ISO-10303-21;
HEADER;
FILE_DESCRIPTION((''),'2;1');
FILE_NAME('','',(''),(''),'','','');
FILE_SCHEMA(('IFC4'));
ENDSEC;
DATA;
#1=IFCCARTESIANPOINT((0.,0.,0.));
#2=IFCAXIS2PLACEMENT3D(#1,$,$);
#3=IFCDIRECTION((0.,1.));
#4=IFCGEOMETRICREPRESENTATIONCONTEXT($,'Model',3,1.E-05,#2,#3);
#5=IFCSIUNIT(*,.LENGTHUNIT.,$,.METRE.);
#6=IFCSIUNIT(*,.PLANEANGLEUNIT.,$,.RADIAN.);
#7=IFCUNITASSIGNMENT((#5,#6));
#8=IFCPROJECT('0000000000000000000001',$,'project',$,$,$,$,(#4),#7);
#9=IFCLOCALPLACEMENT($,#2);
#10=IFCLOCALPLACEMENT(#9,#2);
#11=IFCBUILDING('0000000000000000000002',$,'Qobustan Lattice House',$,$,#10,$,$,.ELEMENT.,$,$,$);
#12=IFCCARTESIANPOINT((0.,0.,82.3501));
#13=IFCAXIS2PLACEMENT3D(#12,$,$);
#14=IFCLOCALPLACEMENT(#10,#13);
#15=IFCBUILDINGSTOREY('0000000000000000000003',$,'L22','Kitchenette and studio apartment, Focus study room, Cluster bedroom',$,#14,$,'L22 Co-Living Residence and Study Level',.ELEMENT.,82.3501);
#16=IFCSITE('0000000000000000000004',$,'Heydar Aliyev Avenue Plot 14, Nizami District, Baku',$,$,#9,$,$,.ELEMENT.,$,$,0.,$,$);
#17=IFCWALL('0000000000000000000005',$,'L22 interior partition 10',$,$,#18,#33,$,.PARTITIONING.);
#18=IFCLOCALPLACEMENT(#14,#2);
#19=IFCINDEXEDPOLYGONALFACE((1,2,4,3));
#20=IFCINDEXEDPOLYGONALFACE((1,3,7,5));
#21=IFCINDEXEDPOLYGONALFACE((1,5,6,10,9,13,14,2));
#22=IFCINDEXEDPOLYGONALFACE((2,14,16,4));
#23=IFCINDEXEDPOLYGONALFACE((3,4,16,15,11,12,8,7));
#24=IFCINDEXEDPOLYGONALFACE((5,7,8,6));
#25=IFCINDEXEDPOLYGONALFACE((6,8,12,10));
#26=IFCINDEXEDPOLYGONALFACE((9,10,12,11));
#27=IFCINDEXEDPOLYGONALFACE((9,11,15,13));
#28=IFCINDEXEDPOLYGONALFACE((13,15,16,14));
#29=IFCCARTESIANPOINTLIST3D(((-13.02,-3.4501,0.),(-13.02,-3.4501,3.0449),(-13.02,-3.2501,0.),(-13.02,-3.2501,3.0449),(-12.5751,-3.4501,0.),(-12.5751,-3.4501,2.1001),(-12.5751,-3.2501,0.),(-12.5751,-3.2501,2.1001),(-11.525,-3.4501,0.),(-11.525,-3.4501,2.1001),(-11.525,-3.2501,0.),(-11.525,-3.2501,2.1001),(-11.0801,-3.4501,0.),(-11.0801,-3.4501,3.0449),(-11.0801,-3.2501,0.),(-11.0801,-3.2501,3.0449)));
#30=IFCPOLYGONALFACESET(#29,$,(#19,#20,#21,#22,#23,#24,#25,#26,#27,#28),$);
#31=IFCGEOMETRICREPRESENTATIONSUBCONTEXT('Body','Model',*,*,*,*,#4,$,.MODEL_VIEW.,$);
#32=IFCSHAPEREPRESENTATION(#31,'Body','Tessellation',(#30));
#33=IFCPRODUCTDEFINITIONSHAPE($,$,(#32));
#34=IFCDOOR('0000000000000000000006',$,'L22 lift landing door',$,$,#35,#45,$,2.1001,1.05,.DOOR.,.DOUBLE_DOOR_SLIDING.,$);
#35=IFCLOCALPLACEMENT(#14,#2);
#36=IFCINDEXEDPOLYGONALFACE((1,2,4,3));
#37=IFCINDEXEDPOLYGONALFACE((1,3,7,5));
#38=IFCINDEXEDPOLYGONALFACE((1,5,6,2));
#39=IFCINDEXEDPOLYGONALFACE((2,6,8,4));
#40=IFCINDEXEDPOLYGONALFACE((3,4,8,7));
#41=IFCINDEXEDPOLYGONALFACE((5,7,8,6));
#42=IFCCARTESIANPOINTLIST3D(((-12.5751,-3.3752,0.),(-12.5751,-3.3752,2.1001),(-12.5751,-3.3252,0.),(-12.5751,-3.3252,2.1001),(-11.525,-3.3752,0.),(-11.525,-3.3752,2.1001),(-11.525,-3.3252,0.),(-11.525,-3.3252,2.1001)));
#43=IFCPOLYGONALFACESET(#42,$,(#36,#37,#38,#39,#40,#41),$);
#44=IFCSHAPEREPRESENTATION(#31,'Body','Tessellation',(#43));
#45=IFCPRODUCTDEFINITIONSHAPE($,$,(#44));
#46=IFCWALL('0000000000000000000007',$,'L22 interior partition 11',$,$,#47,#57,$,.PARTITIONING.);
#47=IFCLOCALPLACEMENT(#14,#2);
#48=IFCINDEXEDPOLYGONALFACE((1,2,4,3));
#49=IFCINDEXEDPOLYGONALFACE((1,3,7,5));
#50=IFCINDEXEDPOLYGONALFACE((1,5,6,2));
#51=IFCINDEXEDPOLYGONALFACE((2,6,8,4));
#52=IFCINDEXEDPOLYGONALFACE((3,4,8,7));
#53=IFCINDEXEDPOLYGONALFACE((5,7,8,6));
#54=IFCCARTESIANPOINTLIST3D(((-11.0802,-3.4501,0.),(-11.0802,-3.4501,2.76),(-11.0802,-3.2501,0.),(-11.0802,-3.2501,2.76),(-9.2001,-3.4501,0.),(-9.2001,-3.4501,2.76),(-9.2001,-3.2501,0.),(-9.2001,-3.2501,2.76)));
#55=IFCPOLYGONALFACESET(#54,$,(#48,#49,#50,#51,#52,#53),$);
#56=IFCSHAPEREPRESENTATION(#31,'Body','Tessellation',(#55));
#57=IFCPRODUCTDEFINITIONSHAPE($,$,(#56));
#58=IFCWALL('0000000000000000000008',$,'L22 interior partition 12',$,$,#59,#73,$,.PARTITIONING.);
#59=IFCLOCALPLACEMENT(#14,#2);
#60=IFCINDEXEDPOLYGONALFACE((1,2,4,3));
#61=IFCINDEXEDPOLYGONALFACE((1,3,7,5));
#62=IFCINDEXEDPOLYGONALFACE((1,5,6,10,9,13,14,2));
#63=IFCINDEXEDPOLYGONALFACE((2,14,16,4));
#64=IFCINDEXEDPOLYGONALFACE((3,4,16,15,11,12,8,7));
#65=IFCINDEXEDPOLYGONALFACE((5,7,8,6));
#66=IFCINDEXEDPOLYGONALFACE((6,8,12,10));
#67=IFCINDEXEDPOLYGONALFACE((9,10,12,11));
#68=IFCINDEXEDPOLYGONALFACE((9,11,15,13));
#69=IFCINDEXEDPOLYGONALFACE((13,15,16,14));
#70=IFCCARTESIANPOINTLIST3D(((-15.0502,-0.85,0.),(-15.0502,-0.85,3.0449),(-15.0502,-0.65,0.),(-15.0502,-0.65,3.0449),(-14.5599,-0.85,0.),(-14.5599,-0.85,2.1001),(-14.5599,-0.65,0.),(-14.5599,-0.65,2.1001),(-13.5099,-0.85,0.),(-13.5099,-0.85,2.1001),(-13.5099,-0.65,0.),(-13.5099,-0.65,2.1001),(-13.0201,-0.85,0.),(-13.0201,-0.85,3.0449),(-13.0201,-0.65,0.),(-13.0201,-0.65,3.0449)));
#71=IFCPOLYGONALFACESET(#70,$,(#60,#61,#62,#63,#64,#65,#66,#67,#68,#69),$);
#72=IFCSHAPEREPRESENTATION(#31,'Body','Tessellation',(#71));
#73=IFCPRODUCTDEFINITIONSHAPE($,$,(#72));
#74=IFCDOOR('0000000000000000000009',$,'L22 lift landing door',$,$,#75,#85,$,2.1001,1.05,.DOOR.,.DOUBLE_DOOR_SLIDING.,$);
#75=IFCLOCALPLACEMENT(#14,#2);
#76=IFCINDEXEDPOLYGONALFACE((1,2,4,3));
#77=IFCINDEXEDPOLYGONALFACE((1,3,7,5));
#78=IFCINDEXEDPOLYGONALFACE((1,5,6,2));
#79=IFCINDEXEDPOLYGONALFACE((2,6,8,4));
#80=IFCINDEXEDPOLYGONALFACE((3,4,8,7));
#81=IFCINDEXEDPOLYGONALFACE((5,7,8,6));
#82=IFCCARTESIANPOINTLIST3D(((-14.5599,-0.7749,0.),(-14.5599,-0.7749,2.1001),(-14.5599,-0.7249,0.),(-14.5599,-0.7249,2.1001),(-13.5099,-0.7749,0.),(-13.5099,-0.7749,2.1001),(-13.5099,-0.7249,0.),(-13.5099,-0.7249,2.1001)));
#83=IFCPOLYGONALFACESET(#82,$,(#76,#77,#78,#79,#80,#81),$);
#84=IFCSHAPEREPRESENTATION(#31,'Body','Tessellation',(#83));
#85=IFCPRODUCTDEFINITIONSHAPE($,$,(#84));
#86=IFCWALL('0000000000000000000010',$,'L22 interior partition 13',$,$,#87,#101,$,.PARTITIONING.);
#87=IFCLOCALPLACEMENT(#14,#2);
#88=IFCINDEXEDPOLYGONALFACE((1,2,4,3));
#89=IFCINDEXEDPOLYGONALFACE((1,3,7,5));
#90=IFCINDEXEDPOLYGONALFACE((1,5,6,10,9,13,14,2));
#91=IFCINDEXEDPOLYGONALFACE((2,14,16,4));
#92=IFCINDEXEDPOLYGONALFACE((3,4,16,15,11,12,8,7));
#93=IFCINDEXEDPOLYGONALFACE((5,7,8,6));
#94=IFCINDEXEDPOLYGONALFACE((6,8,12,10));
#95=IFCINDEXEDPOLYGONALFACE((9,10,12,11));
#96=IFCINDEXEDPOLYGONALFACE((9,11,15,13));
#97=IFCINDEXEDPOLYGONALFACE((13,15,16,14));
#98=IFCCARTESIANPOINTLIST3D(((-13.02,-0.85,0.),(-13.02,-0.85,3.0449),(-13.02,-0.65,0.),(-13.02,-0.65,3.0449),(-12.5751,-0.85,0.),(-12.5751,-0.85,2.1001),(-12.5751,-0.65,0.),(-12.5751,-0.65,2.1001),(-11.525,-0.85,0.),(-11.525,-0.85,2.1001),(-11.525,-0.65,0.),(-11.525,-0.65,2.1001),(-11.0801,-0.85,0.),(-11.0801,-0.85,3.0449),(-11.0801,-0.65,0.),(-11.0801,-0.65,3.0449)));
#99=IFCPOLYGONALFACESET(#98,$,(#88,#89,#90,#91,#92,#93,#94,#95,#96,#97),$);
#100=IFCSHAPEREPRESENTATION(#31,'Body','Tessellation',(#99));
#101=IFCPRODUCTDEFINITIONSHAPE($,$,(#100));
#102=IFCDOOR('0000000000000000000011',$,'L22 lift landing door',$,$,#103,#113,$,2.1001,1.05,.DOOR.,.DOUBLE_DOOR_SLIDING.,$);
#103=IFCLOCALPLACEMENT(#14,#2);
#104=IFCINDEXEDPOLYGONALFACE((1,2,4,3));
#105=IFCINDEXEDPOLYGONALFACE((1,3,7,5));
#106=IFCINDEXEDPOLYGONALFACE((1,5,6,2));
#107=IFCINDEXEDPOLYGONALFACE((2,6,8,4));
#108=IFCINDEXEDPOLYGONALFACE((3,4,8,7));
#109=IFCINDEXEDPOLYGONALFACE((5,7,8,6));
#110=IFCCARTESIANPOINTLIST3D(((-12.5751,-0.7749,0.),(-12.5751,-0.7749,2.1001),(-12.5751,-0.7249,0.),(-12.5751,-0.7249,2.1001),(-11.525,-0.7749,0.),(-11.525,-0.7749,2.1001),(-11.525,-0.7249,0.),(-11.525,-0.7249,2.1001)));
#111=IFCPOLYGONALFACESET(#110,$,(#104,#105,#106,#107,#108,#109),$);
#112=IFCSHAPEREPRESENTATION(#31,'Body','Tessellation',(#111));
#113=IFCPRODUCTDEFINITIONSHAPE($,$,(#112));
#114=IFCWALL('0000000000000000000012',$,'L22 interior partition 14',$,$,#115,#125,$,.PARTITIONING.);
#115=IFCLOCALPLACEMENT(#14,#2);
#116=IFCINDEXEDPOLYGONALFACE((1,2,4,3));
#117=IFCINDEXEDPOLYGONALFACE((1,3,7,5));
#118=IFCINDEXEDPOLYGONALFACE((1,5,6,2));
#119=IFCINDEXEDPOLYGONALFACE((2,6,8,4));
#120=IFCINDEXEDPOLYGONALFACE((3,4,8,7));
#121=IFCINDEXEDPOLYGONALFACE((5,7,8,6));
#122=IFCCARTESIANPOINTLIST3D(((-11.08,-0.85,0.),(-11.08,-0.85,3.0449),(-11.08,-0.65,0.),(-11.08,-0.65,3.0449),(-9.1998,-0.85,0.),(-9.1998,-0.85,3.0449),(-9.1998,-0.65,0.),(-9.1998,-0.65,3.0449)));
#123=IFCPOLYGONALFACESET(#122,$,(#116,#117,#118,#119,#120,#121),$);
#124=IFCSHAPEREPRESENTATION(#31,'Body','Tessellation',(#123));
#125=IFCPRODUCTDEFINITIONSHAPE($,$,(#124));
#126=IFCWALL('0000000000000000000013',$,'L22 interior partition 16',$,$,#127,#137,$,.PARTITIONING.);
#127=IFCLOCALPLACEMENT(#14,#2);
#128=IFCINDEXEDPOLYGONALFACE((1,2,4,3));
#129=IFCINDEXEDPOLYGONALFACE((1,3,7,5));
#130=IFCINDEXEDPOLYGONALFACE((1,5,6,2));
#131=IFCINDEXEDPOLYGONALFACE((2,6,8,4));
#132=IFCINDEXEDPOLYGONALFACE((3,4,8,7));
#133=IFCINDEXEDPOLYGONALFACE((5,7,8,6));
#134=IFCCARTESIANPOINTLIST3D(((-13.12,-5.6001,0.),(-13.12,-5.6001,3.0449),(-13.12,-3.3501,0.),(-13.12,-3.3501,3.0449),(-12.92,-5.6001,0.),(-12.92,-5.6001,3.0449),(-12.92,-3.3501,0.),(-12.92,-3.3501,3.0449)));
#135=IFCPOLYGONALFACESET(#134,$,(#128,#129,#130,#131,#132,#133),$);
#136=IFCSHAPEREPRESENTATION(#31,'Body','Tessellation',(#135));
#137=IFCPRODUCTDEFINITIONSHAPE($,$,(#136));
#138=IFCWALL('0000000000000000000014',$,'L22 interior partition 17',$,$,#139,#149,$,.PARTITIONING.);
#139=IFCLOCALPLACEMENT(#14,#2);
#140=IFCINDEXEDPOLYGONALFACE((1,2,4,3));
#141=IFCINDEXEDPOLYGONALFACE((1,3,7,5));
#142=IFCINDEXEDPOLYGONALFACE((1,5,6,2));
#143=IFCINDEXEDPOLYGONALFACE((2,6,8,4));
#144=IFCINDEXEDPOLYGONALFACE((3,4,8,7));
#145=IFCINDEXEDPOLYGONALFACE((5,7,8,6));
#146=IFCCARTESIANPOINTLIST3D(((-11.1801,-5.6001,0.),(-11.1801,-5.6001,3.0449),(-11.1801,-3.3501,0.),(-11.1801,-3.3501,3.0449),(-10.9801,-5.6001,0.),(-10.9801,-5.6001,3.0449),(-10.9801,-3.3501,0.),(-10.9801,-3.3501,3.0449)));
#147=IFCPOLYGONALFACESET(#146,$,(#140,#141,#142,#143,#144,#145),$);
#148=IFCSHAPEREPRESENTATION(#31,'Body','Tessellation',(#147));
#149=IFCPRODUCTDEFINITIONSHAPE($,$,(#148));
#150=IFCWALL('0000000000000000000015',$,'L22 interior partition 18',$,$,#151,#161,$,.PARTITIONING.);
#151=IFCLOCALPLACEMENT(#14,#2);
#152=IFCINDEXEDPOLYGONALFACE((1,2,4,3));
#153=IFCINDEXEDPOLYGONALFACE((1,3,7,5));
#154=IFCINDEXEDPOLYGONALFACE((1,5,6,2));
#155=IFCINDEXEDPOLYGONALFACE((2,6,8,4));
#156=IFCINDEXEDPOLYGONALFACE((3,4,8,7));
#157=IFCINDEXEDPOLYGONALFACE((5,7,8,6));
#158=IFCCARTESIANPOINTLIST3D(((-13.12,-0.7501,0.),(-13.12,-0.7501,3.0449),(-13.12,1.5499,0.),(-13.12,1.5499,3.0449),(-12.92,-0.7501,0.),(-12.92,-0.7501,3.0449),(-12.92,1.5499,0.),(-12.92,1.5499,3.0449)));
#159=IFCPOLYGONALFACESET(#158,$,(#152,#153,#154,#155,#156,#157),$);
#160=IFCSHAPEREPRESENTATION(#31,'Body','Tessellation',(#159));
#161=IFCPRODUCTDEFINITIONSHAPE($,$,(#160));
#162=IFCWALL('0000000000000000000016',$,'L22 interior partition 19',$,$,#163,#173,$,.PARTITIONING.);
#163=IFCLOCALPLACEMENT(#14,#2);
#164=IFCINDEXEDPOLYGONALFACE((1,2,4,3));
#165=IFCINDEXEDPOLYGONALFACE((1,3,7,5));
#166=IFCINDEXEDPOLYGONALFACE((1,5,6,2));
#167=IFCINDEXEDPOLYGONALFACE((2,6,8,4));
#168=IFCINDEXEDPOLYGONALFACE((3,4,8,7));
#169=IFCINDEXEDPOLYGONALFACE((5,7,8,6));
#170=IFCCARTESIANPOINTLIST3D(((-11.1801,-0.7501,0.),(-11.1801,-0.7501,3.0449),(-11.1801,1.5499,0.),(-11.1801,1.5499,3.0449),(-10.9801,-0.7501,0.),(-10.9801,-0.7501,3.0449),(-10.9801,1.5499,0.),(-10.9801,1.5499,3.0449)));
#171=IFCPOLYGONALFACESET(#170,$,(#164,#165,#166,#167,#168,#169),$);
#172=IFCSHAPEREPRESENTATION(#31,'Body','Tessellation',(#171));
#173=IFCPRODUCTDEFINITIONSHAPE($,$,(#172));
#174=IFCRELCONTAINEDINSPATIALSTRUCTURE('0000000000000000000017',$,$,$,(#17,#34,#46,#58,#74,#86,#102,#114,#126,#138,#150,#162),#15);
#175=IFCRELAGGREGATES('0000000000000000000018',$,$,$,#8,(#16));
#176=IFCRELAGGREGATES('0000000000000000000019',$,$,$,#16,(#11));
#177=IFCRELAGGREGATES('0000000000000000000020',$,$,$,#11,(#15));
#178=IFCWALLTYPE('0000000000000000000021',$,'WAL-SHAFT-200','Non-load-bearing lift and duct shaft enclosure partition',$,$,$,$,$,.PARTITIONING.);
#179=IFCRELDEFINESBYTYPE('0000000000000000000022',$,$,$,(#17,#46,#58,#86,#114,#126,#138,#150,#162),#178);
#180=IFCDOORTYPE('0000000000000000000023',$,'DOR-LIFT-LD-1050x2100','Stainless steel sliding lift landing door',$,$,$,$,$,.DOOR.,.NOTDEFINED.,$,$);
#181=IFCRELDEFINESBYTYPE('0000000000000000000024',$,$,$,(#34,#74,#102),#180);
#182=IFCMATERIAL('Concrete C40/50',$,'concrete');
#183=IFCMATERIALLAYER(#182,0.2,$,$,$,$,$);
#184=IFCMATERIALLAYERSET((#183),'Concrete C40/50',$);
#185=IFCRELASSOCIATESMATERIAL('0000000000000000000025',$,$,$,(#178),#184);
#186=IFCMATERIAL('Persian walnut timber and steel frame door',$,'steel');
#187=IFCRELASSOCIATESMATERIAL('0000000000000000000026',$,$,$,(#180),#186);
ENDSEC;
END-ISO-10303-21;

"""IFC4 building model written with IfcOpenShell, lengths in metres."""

from ifc_helpers import new_model, si_unit, direction, frame, frame_2d, origin, place, context, subcontext, project, spatial, rectangle, extrude, material, layer, layer_set, type_object, element, fill, save


model = new_model("IFC4")

# Units and contexts
model_context = context("Model", 3, precision=1e-05, world=origin(), true_north=direction((0.0, 1.0)))
body_context = subcontext(model_context, "Body", "Model", "MODEL_VIEW")
ifc_project = project(units=[si_unit("LENGTHUNIT", "METRE"), si_unit("PLANEANGLEUNIT", "RADIAN")], contexts=[model_context])

# Site, building, storey
site_placement = place(None, origin())
site = spatial("IfcSite", under=ifc_project, at=site_placement, Name="Heydar Aliyev Avenue Plot 14, Nizami District, Baku", CompositionType="ELEMENT", RefElevation=0.0)
building_placement = place(site_placement, origin())
building = spatial("IfcBuilding", under=site, at=building_placement, Name="Qobustan Lattice House", CompositionType="ELEMENT")
storey_placement = place(building_placement, frame((0.0, 0.0, 82.3501)))
storey = spatial("IfcBuildingStorey", under=building, at=storey_placement, Name="L22", Description="Kitchenette and studio apartment, Focus study room, Cluster bedroom", LongName="L22 Co-Living Residence and Study Level", CompositionType="ELEMENT", Elevation=82.3501)

# Wall, opening, door
ifc_material_1 = material(Name="Concrete C40/50", Category="concrete")
ifc_layer_1 = layer(ifc_material_1, 0.2)
ifc_layer_set_1 = layer_set([ifc_layer_1], Name="Concrete C40/50")
wall_type_1 = type_object("IfcWallType", Name="WAL-SHAFT-200", Description="Non-load-bearing lift and duct shaft enclosure partition", PredefinedType="PARTITIONING", material=ifc_layer_set_1)
ifc_material_2 = material(Name="Persian walnut timber and steel frame door", Category="steel")
door_type_1 = type_object("IfcDoorType", Name="DOR-LIFT-LD-1050x2100", Description="Stainless steel sliding lift landing door", OperationType="NOTDEFINED", PredefinedType="DOOR", material=ifc_material_2)
wall_1_placement = place(storey_placement, frame((-13.02, -3.3501, 0.0), z_axis=(0.0, 0.0, 1.0), x_axis=(1.0, 0.0, 0.0)))
wall_1 = element("IfcWall", 1, at=wall_1_placement, inside=storey, type_object=wall_type_1, Name="L22 interior partition 10", PredefinedType="PARTITIONING", context=body_context, shape_type="SweptSolid", body=[
    extrude(rectangle(XDim=1.9399, YDim=0.2, at=frame_2d((0.97, 0.0))), origin(), (0.0, 0.0, 1.0), 3.0449),
])
opening_1_placement = place(wall_1_placement, frame((0.4451, 0.0, 0.0)))
opening_1 = element("IfcOpeningElement", 2, at=opening_1_placement, cuts=wall_1, PredefinedType="OPENING", context=body_context, shape_type="SweptSolid", body=[
    extrude(rectangle(XDim=1.05, YDim=2.1001, at=frame_2d((0.5249, 1.05))), frame((0.0, 0.1099, 0.0), z_axis=(0.0, -1.0, 0.0), x_axis=(1.0, 0.0, 0.0)), (0.0, 0.0, 1.0), 0.22),
])
door_1_placement = place(opening_1_placement, origin())
door_1 = element("IfcDoor", 3, at=door_1_placement, inside=storey, type_object=door_type_1, Name="L22 lift landing door", OperationType="DOUBLE_DOOR_SLIDING", OverallHeight=2.1001, OverallWidth=1.05, PredefinedType="DOOR", context=body_context, shape_type="SweptSolid", body=[
    extrude(rectangle(XDim=1.05, YDim=2.1001, at=frame_2d((0.5249, 1.05))), frame((0.0, 0.0249, 0.0), z_axis=(0.0, -1.0, 0.0), x_axis=(1.0, 0.0, 0.0)), (0.0, 0.0, 1.0), 0.05),
])
fill(opening_1, door_1)

# Wall
wall_2_placement = place(storey_placement, frame((-11.0801, -3.3501, 0.0), z_axis=(0.0, 0.0, 1.0), x_axis=(1.0, 0.0, 0.0)))
element("IfcWall", 4, at=wall_2_placement, inside=storey, type_object=wall_type_1, Name="L22 interior partition 11", PredefinedType="PARTITIONING", context=body_context, shape_type="SweptSolid", body=[
    extrude(rectangle(XDim=1.8801, YDim=0.2, at=frame_2d((0.9399, 0.0))), origin(), (0.0, 0.0, 1.0), 2.76),
])

# Walls, openings, doors
wall_3_placement = place(storey_placement, frame((-13.02, -0.75, 0.0), z_axis=(0.0, 0.0, 1.0), x_axis=(-1.0, 0.0, 0.0)))
wall_3 = element("IfcWall", 5, at=wall_3_placement, inside=storey, type_object=wall_type_1, Name="L22 interior partition 12", PredefinedType="PARTITIONING", context=body_context, shape_type="SweptSolid", body=[
    extrude(rectangle(XDim=2.03, YDim=0.2, at=frame_2d((1.0151, 0.0))), origin(), (0.0, 0.0, 1.0), 3.0449),
])
opening_2_placement = place(wall_3_placement, frame((0.49, 0.0, 0.0)))
opening_2 = element("IfcOpeningElement", 6, at=opening_2_placement, cuts=wall_3, PredefinedType="OPENING", context=body_context, shape_type="SweptSolid", body=[
    extrude(rectangle(XDim=1.05, YDim=2.1001, at=frame_2d((0.5249, 1.05))), frame((0.0, 0.1099, 0.0), z_axis=(0.0, -1.0, 0.0), x_axis=(1.0, 0.0, 0.0)), (0.0, 0.0, 1.0), 0.22),
])
door_2_placement = place(opening_2_placement, origin())
door_2 = element("IfcDoor", 7, at=door_2_placement, inside=storey, type_object=door_type_1, Name="L22 lift landing door", OperationType="DOUBLE_DOOR_SLIDING", OverallHeight=2.1001, OverallWidth=1.05, PredefinedType="DOOR", context=body_context, shape_type="SweptSolid", body=[
    extrude(rectangle(XDim=1.05, YDim=2.1001, at=frame_2d((0.5249, 1.05))), frame((0.0, 0.0249, 0.0), z_axis=(0.0, -1.0, 0.0), x_axis=(1.0, 0.0, 0.0)), (0.0, 0.0, 1.0), 0.05),
])
fill(opening_2, door_2)
wall_4_placement = place(storey_placement, frame((-11.0801, -0.75, 0.0), z_axis=(0.0, 0.0, 1.0), x_axis=(-1.0, 0.0, 0.0)))
wall_4 = element("IfcWall", 8, at=wall_4_placement, inside=storey, type_object=wall_type_1, Name="L22 interior partition 13", PredefinedType="PARTITIONING", context=body_context, shape_type="SweptSolid", body=[
    extrude(rectangle(XDim=1.9399, YDim=0.2, at=frame_2d((0.97, 0.0))), origin(), (0.0, 0.0, 1.0), 3.0449),
])
opening_3_placement = place(wall_4_placement, frame((0.4451, 0.0, 0.0)))
opening_3 = element("IfcOpeningElement", 9, at=opening_3_placement, cuts=wall_4, PredefinedType="OPENING", context=body_context, shape_type="SweptSolid", body=[
    extrude(rectangle(XDim=1.05, YDim=2.1001, at=frame_2d((0.5249, 1.05))), frame((0.0, 0.1099, 0.0), z_axis=(0.0, -1.0, 0.0), x_axis=(1.0, 0.0, 0.0)), (0.0, 0.0, 1.0), 0.22),
])
door_3_placement = place(opening_3_placement, origin())
door_3 = element("IfcDoor", 10, at=door_3_placement, inside=storey, type_object=door_type_1, Name="L22 lift landing door", OperationType="DOUBLE_DOOR_SLIDING", OverallHeight=2.1001, OverallWidth=1.05, PredefinedType="DOOR", context=body_context, shape_type="SweptSolid", body=[
    extrude(rectangle(XDim=1.05, YDim=2.1001, at=frame_2d((0.5249, 1.05))), frame((0.0, 0.0249, 0.0), z_axis=(0.0, -1.0, 0.0), x_axis=(1.0, 0.0, 0.0)), (0.0, 0.0, 1.0), 0.05),
])
fill(opening_3, door_3)

# Walls
wall_5_placement = place(storey_placement, frame((-9.2, -0.75, 0.0), z_axis=(0.0, 0.0, 1.0), x_axis=(-1.0, 0.0, 0.0)))
element("IfcWall", 11, at=wall_5_placement, inside=storey, type_object=wall_type_1, Name="L22 interior partition 14", PredefinedType="PARTITIONING", context=body_context, shape_type="SweptSolid", body=[
    extrude(rectangle(XDim=1.8801, YDim=0.2, at=frame_2d((0.9399, 0.0))), origin(), (0.0, 0.0, 1.0), 3.0449),
])
for number, where, z_axis, x_axis, name in (
    (12, (-13.02, -5.6001, 0.0), (0.0, 0.0, 1.0), (0.0, 1.0, 0.0), "L22 interior partition 16"),
    (13, (-11.0801, -5.6001, 0.0), (0.0, 0.0, 1.0), (0.0, 1.0, 0.0), "L22 interior partition 17"),
):
    element("IfcWall", number, at=place(storey_placement, frame(where, z_axis=z_axis, x_axis=x_axis)), inside=storey, type_object=wall_type_1, Name=name, PredefinedType="PARTITIONING", context=body_context, shape_type="SweptSolid", body=[
        extrude(rectangle(XDim=2.25, YDim=0.2, at=frame_2d((1.125, 0.0))), origin(), (0.0, 0.0, 1.0), 3.0449),
    ])
for number, where, z_axis, x_axis, name in (
    (14, (-13.02, -0.75, 0.0), (0.0, 0.0, 1.0), (0.0, 1.0, 0.0), "L22 interior partition 18"),
    (15, (-11.0801, -0.75, 0.0), (0.0, 0.0, 1.0), (0.0, 1.0, 0.0), "L22 interior partition 19"),
):
    element("IfcWall", number, at=place(storey_placement, frame(where, z_axis=z_axis, x_axis=x_axis)), inside=storey, type_object=wall_type_1, Name=name, PredefinedType="PARTITIONING", context=body_context, shape_type="SweptSolid", body=[
        extrude(rectangle(XDim=2.3, YDim=0.2, at=frame_2d((1.1499, 0.0))), origin(), (0.0, 0.0, 1.0), 3.0449),
    ])

save(model, "model.ifc")
